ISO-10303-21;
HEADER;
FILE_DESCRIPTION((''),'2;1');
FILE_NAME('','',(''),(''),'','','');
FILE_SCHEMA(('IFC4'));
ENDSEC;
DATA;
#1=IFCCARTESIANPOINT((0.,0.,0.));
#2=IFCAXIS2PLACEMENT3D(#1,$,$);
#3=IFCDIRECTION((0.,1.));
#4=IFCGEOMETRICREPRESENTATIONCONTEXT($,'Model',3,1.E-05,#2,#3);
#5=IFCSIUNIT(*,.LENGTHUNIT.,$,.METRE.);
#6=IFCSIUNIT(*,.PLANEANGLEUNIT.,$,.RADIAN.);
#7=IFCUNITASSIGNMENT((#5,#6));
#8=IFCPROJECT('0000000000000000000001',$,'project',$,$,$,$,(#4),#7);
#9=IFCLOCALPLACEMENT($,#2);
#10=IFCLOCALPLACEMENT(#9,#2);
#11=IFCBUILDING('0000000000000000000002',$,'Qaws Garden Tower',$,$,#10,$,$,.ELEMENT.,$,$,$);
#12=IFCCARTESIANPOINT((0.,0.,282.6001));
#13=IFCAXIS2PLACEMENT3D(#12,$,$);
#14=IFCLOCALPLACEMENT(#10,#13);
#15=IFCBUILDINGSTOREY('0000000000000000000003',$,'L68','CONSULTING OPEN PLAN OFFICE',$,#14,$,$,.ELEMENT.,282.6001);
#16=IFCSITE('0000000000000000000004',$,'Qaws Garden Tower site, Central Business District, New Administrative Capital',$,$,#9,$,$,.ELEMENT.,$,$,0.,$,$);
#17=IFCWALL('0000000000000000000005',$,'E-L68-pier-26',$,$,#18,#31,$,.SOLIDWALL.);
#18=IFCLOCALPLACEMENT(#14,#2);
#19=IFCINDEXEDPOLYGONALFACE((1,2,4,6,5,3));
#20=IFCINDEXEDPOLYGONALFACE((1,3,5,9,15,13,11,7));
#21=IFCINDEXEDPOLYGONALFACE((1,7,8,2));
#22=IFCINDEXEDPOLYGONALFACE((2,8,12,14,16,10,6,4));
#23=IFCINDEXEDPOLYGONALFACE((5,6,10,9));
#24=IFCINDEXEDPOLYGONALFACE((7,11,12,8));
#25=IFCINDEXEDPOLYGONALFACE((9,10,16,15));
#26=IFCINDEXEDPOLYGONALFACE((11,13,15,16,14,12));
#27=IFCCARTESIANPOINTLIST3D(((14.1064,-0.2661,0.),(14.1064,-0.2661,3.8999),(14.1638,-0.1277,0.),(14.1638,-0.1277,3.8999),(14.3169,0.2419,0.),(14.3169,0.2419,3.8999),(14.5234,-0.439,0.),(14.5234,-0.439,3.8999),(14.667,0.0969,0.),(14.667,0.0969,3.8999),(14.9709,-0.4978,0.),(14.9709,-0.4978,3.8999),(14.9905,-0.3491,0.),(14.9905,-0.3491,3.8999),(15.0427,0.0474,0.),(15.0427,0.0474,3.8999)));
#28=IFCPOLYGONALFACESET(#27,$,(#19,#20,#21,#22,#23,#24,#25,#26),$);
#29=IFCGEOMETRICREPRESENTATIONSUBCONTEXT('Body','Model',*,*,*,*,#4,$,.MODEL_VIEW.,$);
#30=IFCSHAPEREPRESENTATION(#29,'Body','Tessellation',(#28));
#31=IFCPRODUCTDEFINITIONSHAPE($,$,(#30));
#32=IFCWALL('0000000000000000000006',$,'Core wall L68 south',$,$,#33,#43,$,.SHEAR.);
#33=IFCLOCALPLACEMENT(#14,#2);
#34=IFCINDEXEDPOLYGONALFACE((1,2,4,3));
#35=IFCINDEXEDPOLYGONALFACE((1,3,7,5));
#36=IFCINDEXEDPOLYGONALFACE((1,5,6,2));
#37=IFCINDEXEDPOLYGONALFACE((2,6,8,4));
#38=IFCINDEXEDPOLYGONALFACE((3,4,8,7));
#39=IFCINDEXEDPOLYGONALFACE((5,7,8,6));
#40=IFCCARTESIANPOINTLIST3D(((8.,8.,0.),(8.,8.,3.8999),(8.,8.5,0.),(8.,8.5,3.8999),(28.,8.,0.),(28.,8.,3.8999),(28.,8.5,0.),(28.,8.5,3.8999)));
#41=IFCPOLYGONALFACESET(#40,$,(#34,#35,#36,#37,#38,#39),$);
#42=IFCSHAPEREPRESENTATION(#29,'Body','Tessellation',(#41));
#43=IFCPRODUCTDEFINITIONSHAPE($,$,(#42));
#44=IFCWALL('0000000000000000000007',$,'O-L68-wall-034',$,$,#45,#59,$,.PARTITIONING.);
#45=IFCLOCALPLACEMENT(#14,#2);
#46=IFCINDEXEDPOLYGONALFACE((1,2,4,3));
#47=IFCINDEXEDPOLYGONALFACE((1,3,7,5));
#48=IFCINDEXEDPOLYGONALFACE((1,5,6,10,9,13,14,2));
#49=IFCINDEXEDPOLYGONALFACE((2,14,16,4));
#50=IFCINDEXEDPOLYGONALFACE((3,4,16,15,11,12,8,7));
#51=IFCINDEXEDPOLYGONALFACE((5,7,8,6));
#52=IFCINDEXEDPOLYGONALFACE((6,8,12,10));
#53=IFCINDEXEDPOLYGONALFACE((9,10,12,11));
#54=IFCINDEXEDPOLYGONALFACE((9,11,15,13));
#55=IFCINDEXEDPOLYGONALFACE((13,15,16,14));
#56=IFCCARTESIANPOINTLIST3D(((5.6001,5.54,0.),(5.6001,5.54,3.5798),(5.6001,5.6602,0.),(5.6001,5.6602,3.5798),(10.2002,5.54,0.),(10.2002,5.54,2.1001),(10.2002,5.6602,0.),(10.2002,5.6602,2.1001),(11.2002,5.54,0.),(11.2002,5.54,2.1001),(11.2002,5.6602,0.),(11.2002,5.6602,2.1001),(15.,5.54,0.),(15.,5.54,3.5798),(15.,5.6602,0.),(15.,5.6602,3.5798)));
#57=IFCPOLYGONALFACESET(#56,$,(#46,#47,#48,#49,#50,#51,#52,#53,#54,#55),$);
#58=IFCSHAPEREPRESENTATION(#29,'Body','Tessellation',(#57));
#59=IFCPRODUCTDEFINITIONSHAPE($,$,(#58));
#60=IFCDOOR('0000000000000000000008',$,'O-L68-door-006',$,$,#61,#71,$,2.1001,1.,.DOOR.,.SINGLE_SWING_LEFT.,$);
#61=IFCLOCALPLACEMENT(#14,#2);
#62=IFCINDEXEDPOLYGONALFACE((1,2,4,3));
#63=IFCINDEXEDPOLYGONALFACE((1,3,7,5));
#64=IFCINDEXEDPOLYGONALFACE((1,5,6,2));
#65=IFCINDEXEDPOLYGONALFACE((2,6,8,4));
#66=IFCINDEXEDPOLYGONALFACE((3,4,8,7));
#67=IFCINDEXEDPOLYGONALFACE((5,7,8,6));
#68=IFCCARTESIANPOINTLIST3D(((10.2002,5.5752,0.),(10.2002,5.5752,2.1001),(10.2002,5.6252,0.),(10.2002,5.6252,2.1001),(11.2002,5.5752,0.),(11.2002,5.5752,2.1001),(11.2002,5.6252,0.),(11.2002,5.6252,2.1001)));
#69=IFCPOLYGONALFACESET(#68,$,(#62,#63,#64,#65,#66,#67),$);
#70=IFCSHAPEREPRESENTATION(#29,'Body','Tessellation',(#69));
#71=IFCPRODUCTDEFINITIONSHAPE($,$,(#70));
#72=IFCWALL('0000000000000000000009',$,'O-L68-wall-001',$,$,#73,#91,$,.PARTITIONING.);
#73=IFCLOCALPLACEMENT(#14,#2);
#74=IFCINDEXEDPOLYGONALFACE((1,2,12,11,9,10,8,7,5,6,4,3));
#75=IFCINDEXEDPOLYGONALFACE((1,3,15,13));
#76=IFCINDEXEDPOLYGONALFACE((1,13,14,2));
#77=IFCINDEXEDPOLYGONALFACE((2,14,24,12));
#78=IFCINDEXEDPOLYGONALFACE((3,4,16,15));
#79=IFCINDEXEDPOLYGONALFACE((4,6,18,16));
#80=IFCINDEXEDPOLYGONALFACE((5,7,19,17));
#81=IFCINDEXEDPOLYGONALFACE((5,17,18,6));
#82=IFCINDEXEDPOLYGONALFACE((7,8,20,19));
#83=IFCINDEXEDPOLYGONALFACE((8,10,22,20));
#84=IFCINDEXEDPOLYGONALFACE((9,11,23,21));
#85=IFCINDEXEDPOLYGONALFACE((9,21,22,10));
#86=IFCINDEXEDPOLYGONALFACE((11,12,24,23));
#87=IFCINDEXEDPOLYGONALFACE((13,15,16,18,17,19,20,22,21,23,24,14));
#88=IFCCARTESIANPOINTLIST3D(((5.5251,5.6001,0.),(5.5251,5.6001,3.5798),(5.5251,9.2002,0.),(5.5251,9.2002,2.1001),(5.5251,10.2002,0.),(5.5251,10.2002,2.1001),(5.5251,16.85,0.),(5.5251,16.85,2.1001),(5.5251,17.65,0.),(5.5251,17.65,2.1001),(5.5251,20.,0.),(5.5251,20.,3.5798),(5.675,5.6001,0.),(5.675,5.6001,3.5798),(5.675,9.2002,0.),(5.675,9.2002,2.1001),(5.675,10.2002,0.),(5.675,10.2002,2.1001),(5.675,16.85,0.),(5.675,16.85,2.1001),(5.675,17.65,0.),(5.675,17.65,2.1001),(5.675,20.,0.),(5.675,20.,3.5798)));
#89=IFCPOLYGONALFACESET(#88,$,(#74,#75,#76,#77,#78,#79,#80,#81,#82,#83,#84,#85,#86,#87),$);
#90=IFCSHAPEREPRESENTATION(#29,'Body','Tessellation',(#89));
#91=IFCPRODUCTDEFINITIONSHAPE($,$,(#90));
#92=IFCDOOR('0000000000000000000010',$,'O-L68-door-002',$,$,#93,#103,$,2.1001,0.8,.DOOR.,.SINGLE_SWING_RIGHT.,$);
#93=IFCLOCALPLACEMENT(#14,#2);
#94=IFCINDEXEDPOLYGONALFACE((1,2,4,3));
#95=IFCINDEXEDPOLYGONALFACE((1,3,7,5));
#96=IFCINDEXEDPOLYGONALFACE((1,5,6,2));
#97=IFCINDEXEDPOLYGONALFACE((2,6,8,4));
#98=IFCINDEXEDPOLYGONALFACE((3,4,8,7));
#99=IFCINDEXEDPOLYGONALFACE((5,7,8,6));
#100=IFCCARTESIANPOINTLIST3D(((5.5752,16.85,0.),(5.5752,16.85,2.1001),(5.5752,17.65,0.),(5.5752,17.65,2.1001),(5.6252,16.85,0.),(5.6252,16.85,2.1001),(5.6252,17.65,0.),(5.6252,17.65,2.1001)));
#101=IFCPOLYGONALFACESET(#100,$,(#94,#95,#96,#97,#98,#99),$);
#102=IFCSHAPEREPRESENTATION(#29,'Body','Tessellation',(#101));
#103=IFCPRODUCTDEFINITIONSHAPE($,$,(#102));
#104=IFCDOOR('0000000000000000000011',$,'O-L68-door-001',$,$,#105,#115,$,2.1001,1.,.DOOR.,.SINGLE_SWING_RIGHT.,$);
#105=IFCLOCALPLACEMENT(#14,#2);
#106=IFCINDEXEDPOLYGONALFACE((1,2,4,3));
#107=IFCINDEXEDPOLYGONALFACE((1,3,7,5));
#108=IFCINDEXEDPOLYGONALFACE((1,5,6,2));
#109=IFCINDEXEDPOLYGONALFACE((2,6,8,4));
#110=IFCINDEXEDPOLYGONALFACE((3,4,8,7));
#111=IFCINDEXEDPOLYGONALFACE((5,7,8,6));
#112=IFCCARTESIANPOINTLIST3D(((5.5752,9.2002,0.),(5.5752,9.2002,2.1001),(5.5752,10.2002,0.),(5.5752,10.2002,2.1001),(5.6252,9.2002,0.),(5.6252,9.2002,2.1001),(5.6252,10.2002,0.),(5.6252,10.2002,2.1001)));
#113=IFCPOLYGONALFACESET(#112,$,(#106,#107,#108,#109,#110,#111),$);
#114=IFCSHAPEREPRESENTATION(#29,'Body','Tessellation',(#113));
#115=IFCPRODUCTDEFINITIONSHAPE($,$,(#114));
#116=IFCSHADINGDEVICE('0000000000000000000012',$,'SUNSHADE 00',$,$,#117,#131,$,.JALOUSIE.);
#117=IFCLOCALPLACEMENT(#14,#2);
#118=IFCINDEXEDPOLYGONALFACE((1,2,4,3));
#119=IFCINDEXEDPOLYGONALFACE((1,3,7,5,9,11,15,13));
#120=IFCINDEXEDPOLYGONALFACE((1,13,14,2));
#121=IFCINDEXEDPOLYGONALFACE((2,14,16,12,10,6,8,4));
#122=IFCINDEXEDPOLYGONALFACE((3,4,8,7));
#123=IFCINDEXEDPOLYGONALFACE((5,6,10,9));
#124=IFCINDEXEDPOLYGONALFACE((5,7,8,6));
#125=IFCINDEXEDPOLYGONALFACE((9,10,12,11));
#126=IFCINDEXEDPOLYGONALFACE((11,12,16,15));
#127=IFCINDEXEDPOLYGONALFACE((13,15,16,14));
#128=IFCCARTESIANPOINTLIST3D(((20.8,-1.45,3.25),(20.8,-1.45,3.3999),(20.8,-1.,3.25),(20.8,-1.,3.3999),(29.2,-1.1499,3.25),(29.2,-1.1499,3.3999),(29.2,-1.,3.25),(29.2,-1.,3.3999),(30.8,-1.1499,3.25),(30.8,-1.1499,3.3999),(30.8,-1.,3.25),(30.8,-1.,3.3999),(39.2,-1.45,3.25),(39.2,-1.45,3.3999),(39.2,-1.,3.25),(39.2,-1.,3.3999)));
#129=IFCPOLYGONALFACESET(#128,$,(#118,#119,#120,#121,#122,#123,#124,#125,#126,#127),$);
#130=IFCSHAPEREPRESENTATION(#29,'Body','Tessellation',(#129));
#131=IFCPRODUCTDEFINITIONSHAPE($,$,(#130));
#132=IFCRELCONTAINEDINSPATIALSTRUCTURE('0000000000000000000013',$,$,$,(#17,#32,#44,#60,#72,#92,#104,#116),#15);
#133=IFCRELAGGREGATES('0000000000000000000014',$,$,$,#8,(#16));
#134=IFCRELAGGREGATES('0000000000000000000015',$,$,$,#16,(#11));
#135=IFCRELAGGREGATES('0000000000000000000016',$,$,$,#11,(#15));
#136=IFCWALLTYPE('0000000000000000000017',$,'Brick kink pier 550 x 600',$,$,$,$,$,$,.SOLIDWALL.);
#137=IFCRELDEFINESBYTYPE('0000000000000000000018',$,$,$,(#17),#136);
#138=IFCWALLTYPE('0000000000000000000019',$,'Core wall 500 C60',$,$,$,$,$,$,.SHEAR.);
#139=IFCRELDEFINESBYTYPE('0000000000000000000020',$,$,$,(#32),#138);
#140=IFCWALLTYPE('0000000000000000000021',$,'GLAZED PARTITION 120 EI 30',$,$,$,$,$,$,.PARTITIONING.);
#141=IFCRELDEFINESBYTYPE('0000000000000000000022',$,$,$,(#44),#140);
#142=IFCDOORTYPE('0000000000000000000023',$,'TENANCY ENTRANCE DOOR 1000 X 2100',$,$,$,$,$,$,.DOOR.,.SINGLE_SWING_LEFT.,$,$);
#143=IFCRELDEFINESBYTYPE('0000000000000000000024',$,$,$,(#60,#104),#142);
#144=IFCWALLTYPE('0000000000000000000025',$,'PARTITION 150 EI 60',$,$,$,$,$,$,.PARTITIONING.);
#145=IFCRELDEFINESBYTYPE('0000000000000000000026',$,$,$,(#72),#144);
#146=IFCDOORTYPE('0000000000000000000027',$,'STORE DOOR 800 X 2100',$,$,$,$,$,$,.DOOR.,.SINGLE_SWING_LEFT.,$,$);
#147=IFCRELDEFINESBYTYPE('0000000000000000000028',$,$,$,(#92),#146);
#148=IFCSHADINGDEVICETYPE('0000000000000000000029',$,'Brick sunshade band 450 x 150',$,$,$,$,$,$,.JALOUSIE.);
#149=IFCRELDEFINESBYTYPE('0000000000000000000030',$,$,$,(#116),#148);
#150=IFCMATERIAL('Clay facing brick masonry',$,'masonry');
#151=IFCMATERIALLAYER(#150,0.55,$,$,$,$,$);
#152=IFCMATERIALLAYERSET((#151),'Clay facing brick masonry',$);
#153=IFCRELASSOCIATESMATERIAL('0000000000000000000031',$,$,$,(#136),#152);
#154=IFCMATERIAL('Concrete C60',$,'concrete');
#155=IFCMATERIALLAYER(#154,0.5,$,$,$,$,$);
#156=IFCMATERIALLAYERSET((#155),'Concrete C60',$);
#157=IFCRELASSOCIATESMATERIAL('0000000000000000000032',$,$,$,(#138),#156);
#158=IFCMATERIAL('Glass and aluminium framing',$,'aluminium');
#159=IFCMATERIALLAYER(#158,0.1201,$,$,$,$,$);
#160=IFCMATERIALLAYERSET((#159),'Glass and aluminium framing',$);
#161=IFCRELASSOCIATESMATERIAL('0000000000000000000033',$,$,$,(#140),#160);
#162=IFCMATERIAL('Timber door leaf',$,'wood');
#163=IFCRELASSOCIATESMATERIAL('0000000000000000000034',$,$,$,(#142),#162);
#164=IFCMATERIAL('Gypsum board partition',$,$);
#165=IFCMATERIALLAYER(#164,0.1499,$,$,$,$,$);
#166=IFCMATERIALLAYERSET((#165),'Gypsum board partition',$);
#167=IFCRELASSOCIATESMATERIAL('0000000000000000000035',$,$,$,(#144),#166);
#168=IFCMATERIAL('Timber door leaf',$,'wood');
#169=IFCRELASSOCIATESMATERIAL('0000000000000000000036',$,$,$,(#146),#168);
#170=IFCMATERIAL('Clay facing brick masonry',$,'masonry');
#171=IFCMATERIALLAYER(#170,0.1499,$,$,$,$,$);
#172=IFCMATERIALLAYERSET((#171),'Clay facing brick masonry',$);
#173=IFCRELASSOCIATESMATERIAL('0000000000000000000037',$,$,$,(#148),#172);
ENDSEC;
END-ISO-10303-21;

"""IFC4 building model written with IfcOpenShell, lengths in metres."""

from ifc_helpers import new_model, si_unit, direction, frame, frame_2d, origin, place, context, subcontext, project, spatial, polyline, rectangle, outline, extrude, material, layer, layer_set, type_object, element, fill, save


model = new_model("IFC4")

# Units and contexts
model_context = context("Model", 3, precision=1e-05, world=origin(), true_north=direction((0.0, 1.0)))
body_context = subcontext(model_context, "Body", "Model", "MODEL_VIEW")
ifc_project = project(units=[si_unit("LENGTHUNIT", "METRE"), si_unit("PLANEANGLEUNIT", "RADIAN")], contexts=[model_context])

# Site, building, storey
site_placement = place(None, origin())
site = spatial("IfcSite", under=ifc_project, at=site_placement, Name="Qaws Garden Tower site, Central Business District, New Administrative Capital", CompositionType="ELEMENT", RefElevation=0.0)
building_placement = place(site_placement, origin())
building = spatial("IfcBuilding", under=site, at=building_placement, Name="Qaws Garden Tower", CompositionType="ELEMENT")
storey_placement = place(building_placement, frame((0.0, 0.0, 282.6001)))
storey = spatial("IfcBuildingStorey", under=building, at=storey_placement, Name="L68", Description="CONSULTING OPEN PLAN OFFICE", CompositionType="ELEMENT", Elevation=282.6001)

# Shared definitions
placement_1 = place(storey_placement, origin())

# Walls
ifc_material_1 = material(Name="Clay facing brick masonry", Category="masonry")
ifc_layer_1 = layer(ifc_material_1, 0.55)
ifc_layer_set_1 = layer_set([ifc_layer_1], Name="Clay facing brick masonry")
wall_type_1 = type_object("IfcWallType", Name="Brick kink pier 550 x 600", PredefinedType="SOLIDWALL", material=ifc_layer_set_1)
element("IfcWall", 1, at=placement_1, inside=storey, type_object=wall_type_1, Name="E-L68-pier-26", PredefinedType="SOLIDWALL", context=body_context, shape_type="SweptSolid", body=[
    extrude(outline(polyline([(14.1638, -0.1277), (14.1064, -0.2661), (14.5234, -0.439), (14.9709, -0.4978), (14.9905, -0.3491), (15.0427, 0.0474), (14.667, 0.0969), (14.3169, 0.2419), (14.1638, -0.1277)])), origin(), (0.0, 0.0, 1.0), 3.8999),
])
ifc_material_2 = material(Name="Concrete C60", Category="concrete")
ifc_layer_2 = layer(ifc_material_2, 0.5)
ifc_layer_set_2 = layer_set([ifc_layer_2], Name="Concrete C60")
wall_type_2 = type_object("IfcWallType", Name="Core wall 500 C60", PredefinedType="SHEAR", material=ifc_layer_set_2)
wall_1_placement = place(storey_placement, frame((8.0, 8.25, 0.0), z_axis=(0.0, 0.0, 1.0), x_axis=(1.0, 0.0, 0.0)))
element("IfcWall", 2, at=wall_1_placement, inside=storey, type_object=wall_type_2, Name="Core wall L68 south", PredefinedType="SHEAR", context=body_context, shape_type="SweptSolid", body=[
    extrude(rectangle(XDim=20.0, YDim=0.5, at=frame_2d((10.0, 0.0))), origin(), (0.0, 0.0, 1.0), 3.8999),
])

# Wall, opening, door
ifc_material_3 = material(Name="Glass and aluminium framing", Category="aluminium")
ifc_layer_3 = layer(ifc_material_3, 0.1201)
ifc_layer_set_3 = layer_set([ifc_layer_3], Name="Glass and aluminium framing")
wall_type_3 = type_object("IfcWallType", Name="GLAZED PARTITION 120 EI 30", PredefinedType="PARTITIONING", material=ifc_layer_set_3)
wall_2_placement = place(storey_placement, frame((5.6001, 5.6001, 0.0), z_axis=(0.0, 0.0, 1.0), x_axis=(1.0, 0.0, 0.0)))
wall_2 = element("IfcWall", 3, at=wall_2_placement, inside=storey, type_object=wall_type_3, Name="O-L68-wall-034", PredefinedType="PARTITIONING", context=body_context, shape_type="SweptSolid", body=[
    extrude(rectangle(XDim=9.3999, YDim=0.1201, at=frame_2d((4.7, 0.0))), origin(), (0.0, 0.0, 1.0), 3.5798),
])
opening_1_placement = place(wall_2_placement, frame((4.6001, 0.0, 0.0)))
opening_1 = element("IfcOpeningElement", 4, at=opening_1_placement, cuts=wall_2, PredefinedType="OPENING", context=body_context, shape_type="SweptSolid", body=[
    extrude(rectangle(XDim=1.0, YDim=2.1001, at=frame_2d((0.5, 1.05))), frame((0.0, 0.0701, 0.0), z_axis=(0.0, -1.0, 0.0), x_axis=(1.0, 0.0, 0.0)), (0.0, 0.0, 1.0), 0.1401),
])
ifc_material_4 = material(Name="Timber door leaf", Category="wood")
door_type_1 = type_object("IfcDoorType", Name="TENANCY ENTRANCE DOOR 1000 X 2100", OperationType="SINGLE_SWING_LEFT", PredefinedType="DOOR", material=ifc_material_4)
door_1_placement = place(opening_1_placement, frame((1.0, 0.0, 0.0), z_axis=(0.0, 0.0, 1.0), x_axis=(-1.0, 0.0, 0.0)))
door_1 = element("IfcDoor", 5, at=door_1_placement, inside=storey, type_object=door_type_1, Name="O-L68-door-006", OperationType="SINGLE_SWING_LEFT", OverallHeight=2.1001, OverallWidth=1.0, PredefinedType="DOOR", context=body_context, shape_type="SweptSolid", body=[
    extrude(rectangle(XDim=1.0, YDim=2.1001, at=frame_2d((0.5, 1.05))), frame((0.0, 0.0249, 0.0), z_axis=(0.0, -1.0, 0.0), x_axis=(1.0, 0.0, 0.0)), (0.0, 0.0, 1.0), 0.05),
])
fill(opening_1, door_1)

# Wall, openings, doors
ifc_material_5 = material(Name="Gypsum board partition")
ifc_layer_4 = layer(ifc_material_5, 0.1499)
ifc_layer_set_4 = layer_set([ifc_layer_4], Name="Gypsum board partition")
wall_type_4 = type_object("IfcWallType", Name="PARTITION 150 EI 60", PredefinedType="PARTITIONING", material=ifc_layer_set_4)
wall_3_placement = place(storey_placement, frame((5.6001, 5.6001, 0.0), z_axis=(0.0, 0.0, 1.0), x_axis=(0.0, 1.0, 0.0)))
wall_3 = element("IfcWall", 6, at=wall_3_placement, inside=storey, type_object=wall_type_4, Name="O-L68-wall-001", PredefinedType="PARTITIONING", context=body_context, shape_type="SweptSolid", body=[
    extrude(rectangle(XDim=14.3999, YDim=0.1499, at=frame_2d((7.2, 0.0))), origin(), (0.0, 0.0, 1.0), 3.5798),
])
opening_2_placement = place(wall_3_placement, frame((3.6001, 0.0, 0.0)))
opening_2 = element("IfcOpeningElement", 7, at=opening_2_placement, cuts=wall_3, PredefinedType="OPENING", context=body_context, shape_type="SweptSolid", body=[
    extrude(rectangle(XDim=1.0, YDim=2.1001, at=frame_2d((0.5, 1.05))), frame((0.0, 0.085, 0.0), z_axis=(0.0, -1.0, 0.0), x_axis=(1.0, 0.0, 0.0)), (0.0, 0.0, 1.0), 0.1699),
])
opening_3_placement = place(wall_3_placement, frame((11.25, 0.0, 0.0)))
opening_3 = element("IfcOpeningElement", 8, at=opening_3_placement, cuts=wall_3, PredefinedType="OPENING", context=body_context, shape_type="SweptSolid", body=[
    extrude(rectangle(XDim=0.8, YDim=2.1001, at=frame_2d((0.3999, 1.05))), frame((0.0, 0.085, 0.0), z_axis=(0.0, -1.0, 0.0), x_axis=(1.0, 0.0, 0.0)), (0.0, 0.0, 1.0), 0.1699),
])
ifc_material_6 = material(Name="Timber door leaf", Category="wood")
door_type_2 = type_object("IfcDoorType", Name="STORE DOOR 800 X 2100", OperationType="SINGLE_SWING_LEFT", PredefinedType="DOOR", material=ifc_material_6)
door_2_placement = place(opening_3_placement, origin())
door_2 = element("IfcDoor", 9, at=door_2_placement, inside=storey, type_object=door_type_2, Name="O-L68-door-002", OperationType="SINGLE_SWING_RIGHT", OverallHeight=2.1001, OverallWidth=0.8, PredefinedType="DOOR", context=body_context, shape_type="SweptSolid", body=[
    extrude(rectangle(XDim=0.8, YDim=2.1001, at=frame_2d((0.3999, 1.05))), frame((0.0, 0.0249, 0.0), z_axis=(0.0, -1.0, 0.0), x_axis=(1.0, 0.0, 0.0)), (0.0, 0.0, 1.0), 0.05),
])
fill(opening_3, door_2)
door_3_placement = place(opening_2_placement, origin())
door_3 = element("IfcDoor", 10, at=door_3_placement, inside=storey, type_object=door_type_1, Name="O-L68-door-001", OperationType="SINGLE_SWING_RIGHT", OverallHeight=2.1001, OverallWidth=1.0, PredefinedType="DOOR", context=body_context, shape_type="SweptSolid", body=[
    extrude(rectangle(XDim=1.0, YDim=2.1001, at=frame_2d((0.5, 1.05))), frame((0.0, 0.0249, 0.0), z_axis=(0.0, -1.0, 0.0), x_axis=(1.0, 0.0, 0.0)), (0.0, 0.0, 1.0), 0.05),
])
fill(opening_2, door_3)

# Shading device
ifc_material_7 = material(Name="Clay facing brick masonry", Category="masonry")
ifc_layer_5 = layer(ifc_material_7, 0.1499)
ifc_layer_set_5 = layer_set([ifc_layer_5], Name="Clay facing brick masonry")
shading_device_type = type_object("IfcShadingDeviceType", Name="Brick sunshade band 450 x 150", PredefinedType="JALOUSIE", material=ifc_layer_set_5)
shading_device_placement = place(storey_placement, frame((0.0, 0.0, 3.25)))
element("IfcShadingDevice", 11, at=shading_device_placement, inside=storey, type_object=shading_device_type, Name="SUNSHADE 00", PredefinedType="JALOUSIE", context=body_context, shape_type="SweptSolid", body=[
    extrude(outline(polyline([(20.8, -1.0), (20.8, -1.45), (39.2, -1.45), (39.2, -1.0), (30.8, -1.0), (30.8, -1.1499), (29.2, -1.1499), (29.2, -1.0), (20.8, -1.0)])), origin(), (0.0, 0.0, 1.0), 0.1499),
])

save(model, "model.ifc")
